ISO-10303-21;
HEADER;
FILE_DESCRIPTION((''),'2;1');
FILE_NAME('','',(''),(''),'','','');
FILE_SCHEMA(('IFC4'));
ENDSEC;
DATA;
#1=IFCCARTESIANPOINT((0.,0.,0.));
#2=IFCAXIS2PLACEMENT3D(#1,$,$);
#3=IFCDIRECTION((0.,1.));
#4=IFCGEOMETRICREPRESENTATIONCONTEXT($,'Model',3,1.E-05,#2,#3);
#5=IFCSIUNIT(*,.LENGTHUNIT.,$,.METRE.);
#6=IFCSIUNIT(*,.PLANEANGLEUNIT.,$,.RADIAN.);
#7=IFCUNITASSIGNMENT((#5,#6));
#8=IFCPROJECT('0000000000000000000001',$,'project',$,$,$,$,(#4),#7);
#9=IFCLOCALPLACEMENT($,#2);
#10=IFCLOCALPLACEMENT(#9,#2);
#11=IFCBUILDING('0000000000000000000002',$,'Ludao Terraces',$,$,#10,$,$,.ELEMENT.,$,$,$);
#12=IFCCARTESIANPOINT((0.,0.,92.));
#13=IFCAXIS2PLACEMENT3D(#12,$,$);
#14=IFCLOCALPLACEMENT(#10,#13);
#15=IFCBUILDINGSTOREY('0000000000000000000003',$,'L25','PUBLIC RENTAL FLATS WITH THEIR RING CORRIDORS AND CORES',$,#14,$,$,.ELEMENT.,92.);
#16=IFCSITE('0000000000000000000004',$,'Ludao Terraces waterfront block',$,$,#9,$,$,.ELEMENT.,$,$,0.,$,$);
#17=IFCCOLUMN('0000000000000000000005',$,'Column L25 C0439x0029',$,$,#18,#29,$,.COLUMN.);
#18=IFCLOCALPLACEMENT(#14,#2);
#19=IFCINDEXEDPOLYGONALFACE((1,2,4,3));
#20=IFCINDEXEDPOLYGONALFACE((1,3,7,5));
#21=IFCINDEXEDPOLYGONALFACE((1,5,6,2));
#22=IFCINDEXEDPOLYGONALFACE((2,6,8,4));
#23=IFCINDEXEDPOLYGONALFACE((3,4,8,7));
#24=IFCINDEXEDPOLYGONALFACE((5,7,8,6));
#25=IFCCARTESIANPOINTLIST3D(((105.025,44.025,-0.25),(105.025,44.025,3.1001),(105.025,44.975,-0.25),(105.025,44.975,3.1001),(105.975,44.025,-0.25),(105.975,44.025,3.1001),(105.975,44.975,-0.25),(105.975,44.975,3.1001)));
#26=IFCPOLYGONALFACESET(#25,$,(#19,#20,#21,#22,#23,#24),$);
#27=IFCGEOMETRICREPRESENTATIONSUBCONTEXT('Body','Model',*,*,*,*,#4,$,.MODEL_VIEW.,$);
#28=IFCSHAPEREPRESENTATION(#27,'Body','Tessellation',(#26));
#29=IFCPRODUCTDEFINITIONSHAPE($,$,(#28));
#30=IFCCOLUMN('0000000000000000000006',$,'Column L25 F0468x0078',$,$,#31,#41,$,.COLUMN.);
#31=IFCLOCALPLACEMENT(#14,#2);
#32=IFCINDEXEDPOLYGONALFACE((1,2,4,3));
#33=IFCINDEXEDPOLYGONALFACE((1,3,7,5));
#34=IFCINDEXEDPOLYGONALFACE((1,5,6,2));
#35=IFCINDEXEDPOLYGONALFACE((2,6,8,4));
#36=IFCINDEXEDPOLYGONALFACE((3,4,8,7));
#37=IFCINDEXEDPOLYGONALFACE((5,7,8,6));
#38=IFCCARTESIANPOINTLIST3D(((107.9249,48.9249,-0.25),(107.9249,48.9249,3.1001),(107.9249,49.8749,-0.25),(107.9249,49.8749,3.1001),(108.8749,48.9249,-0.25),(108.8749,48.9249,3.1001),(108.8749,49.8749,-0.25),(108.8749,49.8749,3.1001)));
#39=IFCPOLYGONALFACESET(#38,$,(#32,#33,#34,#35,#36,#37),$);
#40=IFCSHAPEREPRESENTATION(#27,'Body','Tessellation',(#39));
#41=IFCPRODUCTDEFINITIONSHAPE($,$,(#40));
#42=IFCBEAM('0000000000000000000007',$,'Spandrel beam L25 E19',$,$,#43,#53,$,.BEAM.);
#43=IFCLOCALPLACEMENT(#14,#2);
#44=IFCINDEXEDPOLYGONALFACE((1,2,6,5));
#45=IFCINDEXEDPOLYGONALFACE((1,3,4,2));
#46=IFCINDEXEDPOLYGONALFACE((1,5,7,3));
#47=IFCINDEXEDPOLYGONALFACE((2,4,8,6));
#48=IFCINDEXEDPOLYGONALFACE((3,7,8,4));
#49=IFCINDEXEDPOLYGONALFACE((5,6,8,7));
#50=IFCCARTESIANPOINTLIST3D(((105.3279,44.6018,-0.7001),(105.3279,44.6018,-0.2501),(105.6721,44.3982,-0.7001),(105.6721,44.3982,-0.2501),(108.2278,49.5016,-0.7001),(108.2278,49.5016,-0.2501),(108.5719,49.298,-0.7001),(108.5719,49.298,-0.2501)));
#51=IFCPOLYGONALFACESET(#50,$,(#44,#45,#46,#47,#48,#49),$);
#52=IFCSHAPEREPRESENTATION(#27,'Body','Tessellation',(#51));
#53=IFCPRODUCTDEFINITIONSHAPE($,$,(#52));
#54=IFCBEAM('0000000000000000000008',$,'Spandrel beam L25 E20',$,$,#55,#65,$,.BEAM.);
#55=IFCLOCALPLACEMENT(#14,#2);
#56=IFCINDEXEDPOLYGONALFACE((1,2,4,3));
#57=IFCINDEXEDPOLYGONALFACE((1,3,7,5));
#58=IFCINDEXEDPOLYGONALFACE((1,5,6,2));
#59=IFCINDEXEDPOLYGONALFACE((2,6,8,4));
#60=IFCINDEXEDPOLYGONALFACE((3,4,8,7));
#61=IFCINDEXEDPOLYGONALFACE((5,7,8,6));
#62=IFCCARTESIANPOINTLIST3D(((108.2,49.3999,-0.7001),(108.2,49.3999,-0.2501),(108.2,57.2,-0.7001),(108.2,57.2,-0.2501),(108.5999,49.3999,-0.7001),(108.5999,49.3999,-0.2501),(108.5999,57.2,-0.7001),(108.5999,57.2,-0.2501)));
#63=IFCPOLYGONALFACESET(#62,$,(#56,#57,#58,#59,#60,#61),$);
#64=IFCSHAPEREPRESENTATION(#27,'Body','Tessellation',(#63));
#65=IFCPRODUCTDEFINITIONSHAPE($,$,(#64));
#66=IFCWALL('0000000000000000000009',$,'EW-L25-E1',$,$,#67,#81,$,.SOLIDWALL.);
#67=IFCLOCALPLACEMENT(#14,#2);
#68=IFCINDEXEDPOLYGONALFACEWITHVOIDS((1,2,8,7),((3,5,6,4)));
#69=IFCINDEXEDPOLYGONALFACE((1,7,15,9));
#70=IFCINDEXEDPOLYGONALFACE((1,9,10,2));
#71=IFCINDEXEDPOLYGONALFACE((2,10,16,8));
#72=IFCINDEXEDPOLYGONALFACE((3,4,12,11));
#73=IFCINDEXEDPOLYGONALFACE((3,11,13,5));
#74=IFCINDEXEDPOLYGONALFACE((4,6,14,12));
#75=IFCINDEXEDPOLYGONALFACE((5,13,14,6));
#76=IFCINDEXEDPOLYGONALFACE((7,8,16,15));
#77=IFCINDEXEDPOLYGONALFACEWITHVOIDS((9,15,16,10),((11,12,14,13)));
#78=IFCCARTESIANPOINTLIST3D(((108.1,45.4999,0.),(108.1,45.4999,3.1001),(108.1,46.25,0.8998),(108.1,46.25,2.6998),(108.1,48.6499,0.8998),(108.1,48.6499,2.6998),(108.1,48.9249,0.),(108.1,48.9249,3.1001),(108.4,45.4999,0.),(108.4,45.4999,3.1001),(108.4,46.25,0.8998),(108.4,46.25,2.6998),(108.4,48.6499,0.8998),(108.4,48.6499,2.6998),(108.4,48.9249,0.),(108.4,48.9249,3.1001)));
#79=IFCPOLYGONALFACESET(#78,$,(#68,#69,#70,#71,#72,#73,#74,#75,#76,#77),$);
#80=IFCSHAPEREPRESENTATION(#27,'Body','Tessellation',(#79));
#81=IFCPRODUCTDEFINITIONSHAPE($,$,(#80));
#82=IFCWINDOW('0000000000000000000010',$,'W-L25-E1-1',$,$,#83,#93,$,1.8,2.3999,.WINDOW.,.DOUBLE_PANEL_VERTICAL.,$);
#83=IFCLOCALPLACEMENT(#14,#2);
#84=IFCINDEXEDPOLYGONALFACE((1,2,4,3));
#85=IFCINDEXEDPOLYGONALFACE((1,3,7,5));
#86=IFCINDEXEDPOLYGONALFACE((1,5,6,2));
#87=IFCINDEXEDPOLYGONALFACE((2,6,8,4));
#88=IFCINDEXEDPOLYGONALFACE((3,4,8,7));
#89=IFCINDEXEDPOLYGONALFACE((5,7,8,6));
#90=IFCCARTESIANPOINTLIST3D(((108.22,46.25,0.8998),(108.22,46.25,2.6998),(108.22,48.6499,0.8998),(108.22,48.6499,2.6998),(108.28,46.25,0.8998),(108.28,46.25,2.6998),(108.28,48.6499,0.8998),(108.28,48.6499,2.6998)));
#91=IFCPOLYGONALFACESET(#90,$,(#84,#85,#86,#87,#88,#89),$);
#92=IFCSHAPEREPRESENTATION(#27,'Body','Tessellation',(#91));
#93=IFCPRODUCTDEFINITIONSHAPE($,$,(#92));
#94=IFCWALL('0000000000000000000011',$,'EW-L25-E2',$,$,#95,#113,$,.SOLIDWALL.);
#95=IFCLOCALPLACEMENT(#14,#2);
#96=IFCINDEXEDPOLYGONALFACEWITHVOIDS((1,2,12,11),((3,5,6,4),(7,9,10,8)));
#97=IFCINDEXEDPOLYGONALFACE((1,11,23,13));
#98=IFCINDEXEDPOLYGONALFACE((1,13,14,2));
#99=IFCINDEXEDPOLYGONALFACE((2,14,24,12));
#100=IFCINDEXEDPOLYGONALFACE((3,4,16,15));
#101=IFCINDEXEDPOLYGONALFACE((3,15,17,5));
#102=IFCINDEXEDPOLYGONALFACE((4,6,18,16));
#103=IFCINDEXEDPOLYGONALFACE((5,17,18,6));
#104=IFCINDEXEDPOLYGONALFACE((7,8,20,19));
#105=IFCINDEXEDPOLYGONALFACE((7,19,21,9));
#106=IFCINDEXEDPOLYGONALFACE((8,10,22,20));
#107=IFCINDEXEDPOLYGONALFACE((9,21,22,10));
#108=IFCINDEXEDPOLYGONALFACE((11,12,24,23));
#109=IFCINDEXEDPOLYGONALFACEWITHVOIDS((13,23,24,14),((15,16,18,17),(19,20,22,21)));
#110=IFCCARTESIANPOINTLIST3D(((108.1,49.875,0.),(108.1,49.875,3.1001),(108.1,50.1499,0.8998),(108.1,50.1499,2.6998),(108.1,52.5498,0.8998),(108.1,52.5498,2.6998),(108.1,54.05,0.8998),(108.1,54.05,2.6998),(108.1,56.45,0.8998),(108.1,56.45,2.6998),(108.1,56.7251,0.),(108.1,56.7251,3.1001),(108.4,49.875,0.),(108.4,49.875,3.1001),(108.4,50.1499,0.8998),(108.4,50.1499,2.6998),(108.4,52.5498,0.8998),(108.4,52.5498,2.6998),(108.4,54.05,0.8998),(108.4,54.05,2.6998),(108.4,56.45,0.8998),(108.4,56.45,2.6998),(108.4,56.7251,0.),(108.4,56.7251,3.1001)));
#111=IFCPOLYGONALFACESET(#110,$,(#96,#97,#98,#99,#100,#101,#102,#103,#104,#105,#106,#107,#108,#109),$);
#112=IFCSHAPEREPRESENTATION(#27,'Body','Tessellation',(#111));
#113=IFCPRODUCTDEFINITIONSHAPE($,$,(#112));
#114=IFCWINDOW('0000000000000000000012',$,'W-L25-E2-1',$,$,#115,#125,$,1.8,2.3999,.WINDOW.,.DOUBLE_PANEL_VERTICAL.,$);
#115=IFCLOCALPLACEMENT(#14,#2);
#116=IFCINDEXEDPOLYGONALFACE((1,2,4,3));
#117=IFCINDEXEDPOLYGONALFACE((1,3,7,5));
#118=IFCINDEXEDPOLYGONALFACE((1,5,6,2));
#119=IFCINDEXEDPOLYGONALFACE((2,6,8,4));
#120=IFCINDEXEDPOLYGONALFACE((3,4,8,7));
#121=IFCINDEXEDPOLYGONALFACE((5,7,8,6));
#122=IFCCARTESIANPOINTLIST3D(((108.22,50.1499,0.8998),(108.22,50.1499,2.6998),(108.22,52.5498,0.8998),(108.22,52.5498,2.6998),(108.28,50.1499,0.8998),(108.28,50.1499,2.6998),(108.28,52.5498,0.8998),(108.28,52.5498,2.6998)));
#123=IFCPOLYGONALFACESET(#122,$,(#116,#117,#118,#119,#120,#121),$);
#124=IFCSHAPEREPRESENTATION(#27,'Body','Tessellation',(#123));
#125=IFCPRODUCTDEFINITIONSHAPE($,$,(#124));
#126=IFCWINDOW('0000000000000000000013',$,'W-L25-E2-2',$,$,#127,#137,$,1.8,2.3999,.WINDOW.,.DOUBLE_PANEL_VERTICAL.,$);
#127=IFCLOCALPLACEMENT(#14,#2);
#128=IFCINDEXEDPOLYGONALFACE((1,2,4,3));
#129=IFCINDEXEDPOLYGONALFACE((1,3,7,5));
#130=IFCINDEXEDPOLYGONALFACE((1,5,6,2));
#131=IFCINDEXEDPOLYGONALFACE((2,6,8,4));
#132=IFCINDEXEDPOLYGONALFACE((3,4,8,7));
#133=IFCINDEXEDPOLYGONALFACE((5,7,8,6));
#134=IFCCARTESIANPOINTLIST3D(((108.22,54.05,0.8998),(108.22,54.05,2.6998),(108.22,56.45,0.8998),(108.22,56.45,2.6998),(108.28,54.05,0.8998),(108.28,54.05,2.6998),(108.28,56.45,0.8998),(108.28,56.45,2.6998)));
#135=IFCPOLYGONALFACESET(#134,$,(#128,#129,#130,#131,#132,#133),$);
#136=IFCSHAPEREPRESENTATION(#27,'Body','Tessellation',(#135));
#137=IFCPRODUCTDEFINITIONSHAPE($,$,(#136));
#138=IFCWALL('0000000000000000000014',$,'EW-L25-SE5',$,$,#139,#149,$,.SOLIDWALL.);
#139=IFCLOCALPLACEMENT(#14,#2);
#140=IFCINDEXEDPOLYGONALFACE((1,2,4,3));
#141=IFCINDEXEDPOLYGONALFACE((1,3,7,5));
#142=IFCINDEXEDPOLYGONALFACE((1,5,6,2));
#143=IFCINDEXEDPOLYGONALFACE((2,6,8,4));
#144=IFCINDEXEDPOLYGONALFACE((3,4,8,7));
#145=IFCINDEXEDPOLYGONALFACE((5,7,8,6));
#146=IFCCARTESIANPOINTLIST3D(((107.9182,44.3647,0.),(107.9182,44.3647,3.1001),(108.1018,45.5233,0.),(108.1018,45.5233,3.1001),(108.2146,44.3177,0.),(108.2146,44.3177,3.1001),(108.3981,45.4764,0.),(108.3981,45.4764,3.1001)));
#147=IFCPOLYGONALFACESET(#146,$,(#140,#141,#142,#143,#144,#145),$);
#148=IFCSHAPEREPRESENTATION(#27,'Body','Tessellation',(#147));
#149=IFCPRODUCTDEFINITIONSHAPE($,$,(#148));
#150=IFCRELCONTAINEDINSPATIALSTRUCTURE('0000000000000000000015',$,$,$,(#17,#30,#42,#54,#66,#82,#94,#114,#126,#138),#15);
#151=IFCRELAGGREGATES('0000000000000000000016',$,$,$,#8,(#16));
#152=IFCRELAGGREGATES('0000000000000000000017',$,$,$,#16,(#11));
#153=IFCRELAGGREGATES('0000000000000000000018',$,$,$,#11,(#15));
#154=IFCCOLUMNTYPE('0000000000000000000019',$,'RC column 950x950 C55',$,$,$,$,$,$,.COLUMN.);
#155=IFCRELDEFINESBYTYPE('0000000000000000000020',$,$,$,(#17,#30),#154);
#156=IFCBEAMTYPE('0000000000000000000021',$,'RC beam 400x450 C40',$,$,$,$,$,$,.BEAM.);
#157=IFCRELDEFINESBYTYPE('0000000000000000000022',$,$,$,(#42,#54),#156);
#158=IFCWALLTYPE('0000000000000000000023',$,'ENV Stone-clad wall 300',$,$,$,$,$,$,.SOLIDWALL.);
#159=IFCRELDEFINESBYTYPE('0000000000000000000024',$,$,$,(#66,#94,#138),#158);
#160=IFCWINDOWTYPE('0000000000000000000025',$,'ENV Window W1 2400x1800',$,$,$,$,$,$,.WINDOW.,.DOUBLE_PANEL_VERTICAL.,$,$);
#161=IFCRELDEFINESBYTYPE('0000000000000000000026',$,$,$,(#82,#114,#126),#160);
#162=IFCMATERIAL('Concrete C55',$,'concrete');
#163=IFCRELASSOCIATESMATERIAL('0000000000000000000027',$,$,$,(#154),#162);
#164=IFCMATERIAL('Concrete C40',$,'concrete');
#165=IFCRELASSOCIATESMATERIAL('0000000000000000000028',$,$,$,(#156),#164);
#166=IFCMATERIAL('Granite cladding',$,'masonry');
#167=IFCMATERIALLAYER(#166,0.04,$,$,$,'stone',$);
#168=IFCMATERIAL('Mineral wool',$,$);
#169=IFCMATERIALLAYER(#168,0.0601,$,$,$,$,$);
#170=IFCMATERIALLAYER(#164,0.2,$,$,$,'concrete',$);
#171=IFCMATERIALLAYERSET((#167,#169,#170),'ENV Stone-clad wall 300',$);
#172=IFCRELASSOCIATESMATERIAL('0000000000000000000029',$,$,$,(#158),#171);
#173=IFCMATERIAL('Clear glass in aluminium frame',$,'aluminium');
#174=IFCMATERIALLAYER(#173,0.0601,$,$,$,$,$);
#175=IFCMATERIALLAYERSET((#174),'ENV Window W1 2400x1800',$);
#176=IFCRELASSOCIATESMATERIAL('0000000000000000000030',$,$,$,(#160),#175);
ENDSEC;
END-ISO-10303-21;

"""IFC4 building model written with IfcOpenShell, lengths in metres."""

from ifc_helpers import new_model, si_unit, direction, frame, frame_2d, origin, origin_2d, place, context, subcontext, project, spatial, rectangle, extrude, material, layer, layer_set, material_profile, profile_set, type_object, element, fill, save


model = new_model("IFC4")

# Units and contexts
model_context = context("Model", 3, precision=1e-05, world=origin(), true_north=direction((0.0, 1.0)))
body_context = subcontext(model_context, "Body", "Model", "MODEL_VIEW")
ifc_project = project(units=[si_unit("LENGTHUNIT", "METRE"), si_unit("PLANEANGLEUNIT", "RADIAN")], contexts=[model_context])

# Site, building, storey
site_placement = place(None, origin())
site = spatial("IfcSite", under=ifc_project, at=site_placement, Name="Ludao Terraces waterfront block", CompositionType="ELEMENT", RefElevation=0.0)
building_placement = place(site_placement, origin())
building = spatial("IfcBuilding", under=site, at=building_placement, Name="Ludao Terraces", CompositionType="ELEMENT")
storey_placement = place(building_placement, frame((0.0, 0.0, 92.0)))
storey = spatial("IfcBuildingStorey", under=building, at=storey_placement, Name="L25", Description="PUBLIC RENTAL FLATS WITH THEIR RING CORRIDORS AND CORES", CompositionType="ELEMENT", Elevation=92.0)

# Columns
ifc_material_1 = material(Name="Concrete C55", Category="concrete")
ifc_material_profile_1 = material_profile(ifc_material_1, rectangle(XDim=0.95, YDim=0.95, at=origin_2d()), Name="950 X 950")
ifc_profile_set_1 = profile_set([ifc_material_profile_1], Name="Concrete C55")
column_type = type_object("IfcColumnType", Name="RC column 950x950 C55", PredefinedType="COLUMN", material=ifc_profile_set_1)
for number, where, z_axis, x_axis, name in (
    (1, (105.5, 44.5, -0.25), (0.0, 0.0, 1.0), (1.0, 0.0, 0.0), "Column L25 C0439x0029"),
    (2, (108.3999, 49.3999, -0.25), (0.0, 0.0, 1.0), (1.0, 0.0, 0.0), "Column L25 F0468x0078"),
):
    element("IfcColumn", number, at=place(storey_placement, frame(where, z_axis=z_axis, x_axis=x_axis)), inside=storey, type_object=column_type, Name=name, PredefinedType="COLUMN", context=body_context, shape_type="SweptSolid", body=[
        extrude(rectangle(XDim=0.95, YDim=0.95, at=origin_2d()), origin(), (0.0, 0.0, 1.0), 3.3501),
    ])

# Beams
ifc_material_2 = material(Name="Concrete C40", Category="concrete")
ifc_material_profile_2 = material_profile(ifc_material_2, rectangle(XDim=0.3999, YDim=0.45, at=origin_2d()), Name="400 X 450")
ifc_profile_set_2 = profile_set([ifc_material_profile_2], Name="Concrete C40")
beam_type = type_object("IfcBeamType", Name="RC beam 400x450 C40", PredefinedType="BEAM", material=ifc_profile_set_2)
beam_1_placement = place(storey_placement, frame((105.5, 44.5, -0.4751), z_axis=(0.509316, 0.86058, 0.0), x_axis=(-0.86058, 0.509316, 0.0)))
element("IfcBeam", 3, at=beam_1_placement, inside=storey, type_object=beam_type, Name="Spandrel beam L25 E19", PredefinedType="BEAM", context=body_context, shape_type="SweptSolid", body=[
    extrude(rectangle(XDim=0.3999, YDim=0.45, at=origin_2d()), origin(), (0.0, 0.0, 1.0), 5.6936),
])
beam_2_placement = place(storey_placement, frame((108.3999, 49.3999, -0.4751), z_axis=(0.0, 1.0, 0.0), x_axis=(-1.0, 0.0, 0.0)))
element("IfcBeam", 4, at=beam_2_placement, inside=storey, type_object=beam_type, Name="Spandrel beam L25 E20", PredefinedType="BEAM", context=body_context, shape_type="SweptSolid", body=[
    extrude(rectangle(XDim=0.3999, YDim=0.45, at=origin_2d()), origin(), (0.0, 0.0, 1.0), 7.8),
])

# Wall, opening, window
ifc_material_3 = material(Name="Granite cladding", Category="masonry")
ifc_layer_1 = layer(ifc_material_3, 0.04, Category="stone")
ifc_material_4 = material(Name="Mineral wool")
ifc_layer_2 = layer(ifc_material_4, 0.0601)
ifc_layer_3 = layer(ifc_material_2, 0.2, Category="concrete")
ifc_layer_set_1 = layer_set([ifc_layer_1, ifc_layer_2, ifc_layer_3], Name="ENV Stone-clad wall 300")
wall_type = type_object("IfcWallType", Name="ENV Stone-clad wall 300", PredefinedType="SOLIDWALL", material=ifc_layer_set_1)
wall_1_placement = place(storey_placement, frame((108.25, 45.5, 0.0), z_axis=(0.0, 0.0, 1.0), x_axis=(0.0, 1.0, 0.0)))
wall_1 = element("IfcWall", 5, at=wall_1_placement, inside=storey, type_object=wall_type, Name="EW-L25-E1", PredefinedType="SOLIDWALL", context=body_context, shape_type="SweptSolid", body=[
    extrude(rectangle(XDim=3.425, YDim=0.3, at=frame_2d((1.7124, 0.0))), origin(), (0.0, 0.0, 1.0), 3.1001),
])
opening_1_placement = place(wall_1_placement, frame((0.75, 0.0, 0.8999)))
opening_1 = element("IfcOpeningElement", 6, at=opening_1_placement, cuts=wall_1, PredefinedType="OPENING", context=body_context, shape_type="SweptSolid", body=[
    extrude(rectangle(XDim=2.3999, YDim=1.8, at=frame_2d((1.2, 0.8999))), frame((0.0, 0.1602, 0.0), z_axis=(0.0, -1.0, 0.0), x_axis=(1.0, 0.0, 0.0)), (0.0, 0.0, 1.0), 0.3201),
])
ifc_material_5 = material(Name="Clear glass in aluminium frame", Category="aluminium")
ifc_layer_4 = layer(ifc_material_5, 0.0601)
ifc_layer_set_2 = layer_set([ifc_layer_4], Name="ENV Window W1 2400x1800")
window_type = type_object("IfcWindowType", Name="ENV Window W1 2400x1800", PartitioningType="DOUBLE_PANEL_VERTICAL", PredefinedType="WINDOW", material=ifc_layer_set_2)
window_1_placement = place(opening_1_placement, origin())
window_1 = element("IfcWindow", 7, at=window_1_placement, inside=storey, type_object=window_type, Name="W-L25-E1-1", OverallHeight=1.8, OverallWidth=2.3999, PartitioningType="DOUBLE_PANEL_VERTICAL", PredefinedType="WINDOW", context=body_context, shape_type="SweptSolid", body=[
    extrude(rectangle(XDim=2.3999, YDim=1.8, at=frame_2d((1.2, 0.8999))), frame((0.0, 0.03, 0.0), z_axis=(0.0, -1.0, 0.0), x_axis=(1.0, 0.0, 0.0)), (0.0, 0.0, 1.0), 0.0601),
])
fill(opening_1, window_1)

# Wall, openings, windows
wall_2_placement = place(storey_placement, frame((108.25, 49.875, 0.0), z_axis=(0.0, 0.0, 1.0), x_axis=(0.0, 1.0, 0.0)))
wall_2 = element("IfcWall", 8, at=wall_2_placement, inside=storey, type_object=wall_type, Name="EW-L25-E2", PredefinedType="SOLIDWALL", context=body_context, shape_type="SweptSolid", body=[
    extrude(rectangle(XDim=6.8501, YDim=0.3, at=frame_2d((3.425, 0.0))), origin(), (0.0, 0.0, 1.0), 3.1001),
])
opening_2_placement = place(wall_2_placement, frame((0.2749, 0.0, 0.8999)))
opening_2 = element("IfcOpeningElement", 9, at=opening_2_placement, cuts=wall_2, PredefinedType="OPENING", context=body_context, shape_type="SweptSolid", body=[
    extrude(rectangle(XDim=2.3999, YDim=1.8, at=frame_2d((1.2, 0.8999))), frame((0.0, 0.1602, 0.0), z_axis=(0.0, -1.0, 0.0), x_axis=(1.0, 0.0, 0.0)), (0.0, 0.0, 1.0), 0.3201),
])
opening_3_placement = place(wall_2_placement, frame((4.175, 0.0, 0.8999)))
opening_3 = element("IfcOpeningElement", 10, at=opening_3_placement, cuts=wall_2, PredefinedType="OPENING", context=body_context, shape_type="SweptSolid", body=[
    extrude(rectangle(XDim=2.3999, YDim=1.8, at=frame_2d((1.2, 0.8999))), frame((0.0, 0.1602, 0.0), z_axis=(0.0, -1.0, 0.0), x_axis=(1.0, 0.0, 0.0)), (0.0, 0.0, 1.0), 0.3201),
])
window_2_placement = place(opening_2_placement, origin())
window_2 = element("IfcWindow", 11, at=window_2_placement, inside=storey, type_object=window_type, Name="W-L25-E2-1", OverallHeight=1.8, OverallWidth=2.3999, PartitioningType="DOUBLE_PANEL_VERTICAL", PredefinedType="WINDOW", context=body_context, shape_type="SweptSolid", body=[
    extrude(rectangle(XDim=2.3999, YDim=1.8, at=frame_2d((1.2, 0.8999))), frame((0.0, 0.03, 0.0), z_axis=(0.0, -1.0, 0.0), x_axis=(1.0, 0.0, 0.0)), (0.0, 0.0, 1.0), 0.0601),
])
fill(opening_2, window_2)
window_3_placement = place(opening_3_placement, origin())
window_3 = element("IfcWindow", 12, at=window_3_placement, inside=storey, type_object=window_type, Name="W-L25-E2-2", OverallHeight=1.8, OverallWidth=2.3999, PartitioningType="DOUBLE_PANEL_VERTICAL", PredefinedType="WINDOW", context=body_context, shape_type="SweptSolid", body=[
    extrude(rectangle(XDim=2.3999, YDim=1.8, at=frame_2d((1.2, 0.8999))), frame((0.0, 0.03, 0.0), z_axis=(0.0, -1.0, 0.0), x_axis=(1.0, 0.0, 0.0)), (0.0, 0.0, 1.0), 0.0601),
])
fill(opening_3, window_3)

# Wall
wall_3_placement = place(storey_placement, frame((108.0664, 44.3413, 0.0), z_axis=(0.0, 0.0, 1.0), x_axis=(0.156497, 0.987678, 0.0)))
element("IfcWall", 13, at=wall_3_placement, inside=storey, type_object=wall_type, Name="EW-L25-SE5", PredefinedType="SOLIDWALL", context=body_context, shape_type="SweptSolid", body=[
    extrude(rectangle(XDim=1.1731, YDim=0.3, at=frame_2d((0.5864, 0.0))), origin(), (0.0, 0.0, 1.0), 3.1001),
])

save(model, "model.ifc")
